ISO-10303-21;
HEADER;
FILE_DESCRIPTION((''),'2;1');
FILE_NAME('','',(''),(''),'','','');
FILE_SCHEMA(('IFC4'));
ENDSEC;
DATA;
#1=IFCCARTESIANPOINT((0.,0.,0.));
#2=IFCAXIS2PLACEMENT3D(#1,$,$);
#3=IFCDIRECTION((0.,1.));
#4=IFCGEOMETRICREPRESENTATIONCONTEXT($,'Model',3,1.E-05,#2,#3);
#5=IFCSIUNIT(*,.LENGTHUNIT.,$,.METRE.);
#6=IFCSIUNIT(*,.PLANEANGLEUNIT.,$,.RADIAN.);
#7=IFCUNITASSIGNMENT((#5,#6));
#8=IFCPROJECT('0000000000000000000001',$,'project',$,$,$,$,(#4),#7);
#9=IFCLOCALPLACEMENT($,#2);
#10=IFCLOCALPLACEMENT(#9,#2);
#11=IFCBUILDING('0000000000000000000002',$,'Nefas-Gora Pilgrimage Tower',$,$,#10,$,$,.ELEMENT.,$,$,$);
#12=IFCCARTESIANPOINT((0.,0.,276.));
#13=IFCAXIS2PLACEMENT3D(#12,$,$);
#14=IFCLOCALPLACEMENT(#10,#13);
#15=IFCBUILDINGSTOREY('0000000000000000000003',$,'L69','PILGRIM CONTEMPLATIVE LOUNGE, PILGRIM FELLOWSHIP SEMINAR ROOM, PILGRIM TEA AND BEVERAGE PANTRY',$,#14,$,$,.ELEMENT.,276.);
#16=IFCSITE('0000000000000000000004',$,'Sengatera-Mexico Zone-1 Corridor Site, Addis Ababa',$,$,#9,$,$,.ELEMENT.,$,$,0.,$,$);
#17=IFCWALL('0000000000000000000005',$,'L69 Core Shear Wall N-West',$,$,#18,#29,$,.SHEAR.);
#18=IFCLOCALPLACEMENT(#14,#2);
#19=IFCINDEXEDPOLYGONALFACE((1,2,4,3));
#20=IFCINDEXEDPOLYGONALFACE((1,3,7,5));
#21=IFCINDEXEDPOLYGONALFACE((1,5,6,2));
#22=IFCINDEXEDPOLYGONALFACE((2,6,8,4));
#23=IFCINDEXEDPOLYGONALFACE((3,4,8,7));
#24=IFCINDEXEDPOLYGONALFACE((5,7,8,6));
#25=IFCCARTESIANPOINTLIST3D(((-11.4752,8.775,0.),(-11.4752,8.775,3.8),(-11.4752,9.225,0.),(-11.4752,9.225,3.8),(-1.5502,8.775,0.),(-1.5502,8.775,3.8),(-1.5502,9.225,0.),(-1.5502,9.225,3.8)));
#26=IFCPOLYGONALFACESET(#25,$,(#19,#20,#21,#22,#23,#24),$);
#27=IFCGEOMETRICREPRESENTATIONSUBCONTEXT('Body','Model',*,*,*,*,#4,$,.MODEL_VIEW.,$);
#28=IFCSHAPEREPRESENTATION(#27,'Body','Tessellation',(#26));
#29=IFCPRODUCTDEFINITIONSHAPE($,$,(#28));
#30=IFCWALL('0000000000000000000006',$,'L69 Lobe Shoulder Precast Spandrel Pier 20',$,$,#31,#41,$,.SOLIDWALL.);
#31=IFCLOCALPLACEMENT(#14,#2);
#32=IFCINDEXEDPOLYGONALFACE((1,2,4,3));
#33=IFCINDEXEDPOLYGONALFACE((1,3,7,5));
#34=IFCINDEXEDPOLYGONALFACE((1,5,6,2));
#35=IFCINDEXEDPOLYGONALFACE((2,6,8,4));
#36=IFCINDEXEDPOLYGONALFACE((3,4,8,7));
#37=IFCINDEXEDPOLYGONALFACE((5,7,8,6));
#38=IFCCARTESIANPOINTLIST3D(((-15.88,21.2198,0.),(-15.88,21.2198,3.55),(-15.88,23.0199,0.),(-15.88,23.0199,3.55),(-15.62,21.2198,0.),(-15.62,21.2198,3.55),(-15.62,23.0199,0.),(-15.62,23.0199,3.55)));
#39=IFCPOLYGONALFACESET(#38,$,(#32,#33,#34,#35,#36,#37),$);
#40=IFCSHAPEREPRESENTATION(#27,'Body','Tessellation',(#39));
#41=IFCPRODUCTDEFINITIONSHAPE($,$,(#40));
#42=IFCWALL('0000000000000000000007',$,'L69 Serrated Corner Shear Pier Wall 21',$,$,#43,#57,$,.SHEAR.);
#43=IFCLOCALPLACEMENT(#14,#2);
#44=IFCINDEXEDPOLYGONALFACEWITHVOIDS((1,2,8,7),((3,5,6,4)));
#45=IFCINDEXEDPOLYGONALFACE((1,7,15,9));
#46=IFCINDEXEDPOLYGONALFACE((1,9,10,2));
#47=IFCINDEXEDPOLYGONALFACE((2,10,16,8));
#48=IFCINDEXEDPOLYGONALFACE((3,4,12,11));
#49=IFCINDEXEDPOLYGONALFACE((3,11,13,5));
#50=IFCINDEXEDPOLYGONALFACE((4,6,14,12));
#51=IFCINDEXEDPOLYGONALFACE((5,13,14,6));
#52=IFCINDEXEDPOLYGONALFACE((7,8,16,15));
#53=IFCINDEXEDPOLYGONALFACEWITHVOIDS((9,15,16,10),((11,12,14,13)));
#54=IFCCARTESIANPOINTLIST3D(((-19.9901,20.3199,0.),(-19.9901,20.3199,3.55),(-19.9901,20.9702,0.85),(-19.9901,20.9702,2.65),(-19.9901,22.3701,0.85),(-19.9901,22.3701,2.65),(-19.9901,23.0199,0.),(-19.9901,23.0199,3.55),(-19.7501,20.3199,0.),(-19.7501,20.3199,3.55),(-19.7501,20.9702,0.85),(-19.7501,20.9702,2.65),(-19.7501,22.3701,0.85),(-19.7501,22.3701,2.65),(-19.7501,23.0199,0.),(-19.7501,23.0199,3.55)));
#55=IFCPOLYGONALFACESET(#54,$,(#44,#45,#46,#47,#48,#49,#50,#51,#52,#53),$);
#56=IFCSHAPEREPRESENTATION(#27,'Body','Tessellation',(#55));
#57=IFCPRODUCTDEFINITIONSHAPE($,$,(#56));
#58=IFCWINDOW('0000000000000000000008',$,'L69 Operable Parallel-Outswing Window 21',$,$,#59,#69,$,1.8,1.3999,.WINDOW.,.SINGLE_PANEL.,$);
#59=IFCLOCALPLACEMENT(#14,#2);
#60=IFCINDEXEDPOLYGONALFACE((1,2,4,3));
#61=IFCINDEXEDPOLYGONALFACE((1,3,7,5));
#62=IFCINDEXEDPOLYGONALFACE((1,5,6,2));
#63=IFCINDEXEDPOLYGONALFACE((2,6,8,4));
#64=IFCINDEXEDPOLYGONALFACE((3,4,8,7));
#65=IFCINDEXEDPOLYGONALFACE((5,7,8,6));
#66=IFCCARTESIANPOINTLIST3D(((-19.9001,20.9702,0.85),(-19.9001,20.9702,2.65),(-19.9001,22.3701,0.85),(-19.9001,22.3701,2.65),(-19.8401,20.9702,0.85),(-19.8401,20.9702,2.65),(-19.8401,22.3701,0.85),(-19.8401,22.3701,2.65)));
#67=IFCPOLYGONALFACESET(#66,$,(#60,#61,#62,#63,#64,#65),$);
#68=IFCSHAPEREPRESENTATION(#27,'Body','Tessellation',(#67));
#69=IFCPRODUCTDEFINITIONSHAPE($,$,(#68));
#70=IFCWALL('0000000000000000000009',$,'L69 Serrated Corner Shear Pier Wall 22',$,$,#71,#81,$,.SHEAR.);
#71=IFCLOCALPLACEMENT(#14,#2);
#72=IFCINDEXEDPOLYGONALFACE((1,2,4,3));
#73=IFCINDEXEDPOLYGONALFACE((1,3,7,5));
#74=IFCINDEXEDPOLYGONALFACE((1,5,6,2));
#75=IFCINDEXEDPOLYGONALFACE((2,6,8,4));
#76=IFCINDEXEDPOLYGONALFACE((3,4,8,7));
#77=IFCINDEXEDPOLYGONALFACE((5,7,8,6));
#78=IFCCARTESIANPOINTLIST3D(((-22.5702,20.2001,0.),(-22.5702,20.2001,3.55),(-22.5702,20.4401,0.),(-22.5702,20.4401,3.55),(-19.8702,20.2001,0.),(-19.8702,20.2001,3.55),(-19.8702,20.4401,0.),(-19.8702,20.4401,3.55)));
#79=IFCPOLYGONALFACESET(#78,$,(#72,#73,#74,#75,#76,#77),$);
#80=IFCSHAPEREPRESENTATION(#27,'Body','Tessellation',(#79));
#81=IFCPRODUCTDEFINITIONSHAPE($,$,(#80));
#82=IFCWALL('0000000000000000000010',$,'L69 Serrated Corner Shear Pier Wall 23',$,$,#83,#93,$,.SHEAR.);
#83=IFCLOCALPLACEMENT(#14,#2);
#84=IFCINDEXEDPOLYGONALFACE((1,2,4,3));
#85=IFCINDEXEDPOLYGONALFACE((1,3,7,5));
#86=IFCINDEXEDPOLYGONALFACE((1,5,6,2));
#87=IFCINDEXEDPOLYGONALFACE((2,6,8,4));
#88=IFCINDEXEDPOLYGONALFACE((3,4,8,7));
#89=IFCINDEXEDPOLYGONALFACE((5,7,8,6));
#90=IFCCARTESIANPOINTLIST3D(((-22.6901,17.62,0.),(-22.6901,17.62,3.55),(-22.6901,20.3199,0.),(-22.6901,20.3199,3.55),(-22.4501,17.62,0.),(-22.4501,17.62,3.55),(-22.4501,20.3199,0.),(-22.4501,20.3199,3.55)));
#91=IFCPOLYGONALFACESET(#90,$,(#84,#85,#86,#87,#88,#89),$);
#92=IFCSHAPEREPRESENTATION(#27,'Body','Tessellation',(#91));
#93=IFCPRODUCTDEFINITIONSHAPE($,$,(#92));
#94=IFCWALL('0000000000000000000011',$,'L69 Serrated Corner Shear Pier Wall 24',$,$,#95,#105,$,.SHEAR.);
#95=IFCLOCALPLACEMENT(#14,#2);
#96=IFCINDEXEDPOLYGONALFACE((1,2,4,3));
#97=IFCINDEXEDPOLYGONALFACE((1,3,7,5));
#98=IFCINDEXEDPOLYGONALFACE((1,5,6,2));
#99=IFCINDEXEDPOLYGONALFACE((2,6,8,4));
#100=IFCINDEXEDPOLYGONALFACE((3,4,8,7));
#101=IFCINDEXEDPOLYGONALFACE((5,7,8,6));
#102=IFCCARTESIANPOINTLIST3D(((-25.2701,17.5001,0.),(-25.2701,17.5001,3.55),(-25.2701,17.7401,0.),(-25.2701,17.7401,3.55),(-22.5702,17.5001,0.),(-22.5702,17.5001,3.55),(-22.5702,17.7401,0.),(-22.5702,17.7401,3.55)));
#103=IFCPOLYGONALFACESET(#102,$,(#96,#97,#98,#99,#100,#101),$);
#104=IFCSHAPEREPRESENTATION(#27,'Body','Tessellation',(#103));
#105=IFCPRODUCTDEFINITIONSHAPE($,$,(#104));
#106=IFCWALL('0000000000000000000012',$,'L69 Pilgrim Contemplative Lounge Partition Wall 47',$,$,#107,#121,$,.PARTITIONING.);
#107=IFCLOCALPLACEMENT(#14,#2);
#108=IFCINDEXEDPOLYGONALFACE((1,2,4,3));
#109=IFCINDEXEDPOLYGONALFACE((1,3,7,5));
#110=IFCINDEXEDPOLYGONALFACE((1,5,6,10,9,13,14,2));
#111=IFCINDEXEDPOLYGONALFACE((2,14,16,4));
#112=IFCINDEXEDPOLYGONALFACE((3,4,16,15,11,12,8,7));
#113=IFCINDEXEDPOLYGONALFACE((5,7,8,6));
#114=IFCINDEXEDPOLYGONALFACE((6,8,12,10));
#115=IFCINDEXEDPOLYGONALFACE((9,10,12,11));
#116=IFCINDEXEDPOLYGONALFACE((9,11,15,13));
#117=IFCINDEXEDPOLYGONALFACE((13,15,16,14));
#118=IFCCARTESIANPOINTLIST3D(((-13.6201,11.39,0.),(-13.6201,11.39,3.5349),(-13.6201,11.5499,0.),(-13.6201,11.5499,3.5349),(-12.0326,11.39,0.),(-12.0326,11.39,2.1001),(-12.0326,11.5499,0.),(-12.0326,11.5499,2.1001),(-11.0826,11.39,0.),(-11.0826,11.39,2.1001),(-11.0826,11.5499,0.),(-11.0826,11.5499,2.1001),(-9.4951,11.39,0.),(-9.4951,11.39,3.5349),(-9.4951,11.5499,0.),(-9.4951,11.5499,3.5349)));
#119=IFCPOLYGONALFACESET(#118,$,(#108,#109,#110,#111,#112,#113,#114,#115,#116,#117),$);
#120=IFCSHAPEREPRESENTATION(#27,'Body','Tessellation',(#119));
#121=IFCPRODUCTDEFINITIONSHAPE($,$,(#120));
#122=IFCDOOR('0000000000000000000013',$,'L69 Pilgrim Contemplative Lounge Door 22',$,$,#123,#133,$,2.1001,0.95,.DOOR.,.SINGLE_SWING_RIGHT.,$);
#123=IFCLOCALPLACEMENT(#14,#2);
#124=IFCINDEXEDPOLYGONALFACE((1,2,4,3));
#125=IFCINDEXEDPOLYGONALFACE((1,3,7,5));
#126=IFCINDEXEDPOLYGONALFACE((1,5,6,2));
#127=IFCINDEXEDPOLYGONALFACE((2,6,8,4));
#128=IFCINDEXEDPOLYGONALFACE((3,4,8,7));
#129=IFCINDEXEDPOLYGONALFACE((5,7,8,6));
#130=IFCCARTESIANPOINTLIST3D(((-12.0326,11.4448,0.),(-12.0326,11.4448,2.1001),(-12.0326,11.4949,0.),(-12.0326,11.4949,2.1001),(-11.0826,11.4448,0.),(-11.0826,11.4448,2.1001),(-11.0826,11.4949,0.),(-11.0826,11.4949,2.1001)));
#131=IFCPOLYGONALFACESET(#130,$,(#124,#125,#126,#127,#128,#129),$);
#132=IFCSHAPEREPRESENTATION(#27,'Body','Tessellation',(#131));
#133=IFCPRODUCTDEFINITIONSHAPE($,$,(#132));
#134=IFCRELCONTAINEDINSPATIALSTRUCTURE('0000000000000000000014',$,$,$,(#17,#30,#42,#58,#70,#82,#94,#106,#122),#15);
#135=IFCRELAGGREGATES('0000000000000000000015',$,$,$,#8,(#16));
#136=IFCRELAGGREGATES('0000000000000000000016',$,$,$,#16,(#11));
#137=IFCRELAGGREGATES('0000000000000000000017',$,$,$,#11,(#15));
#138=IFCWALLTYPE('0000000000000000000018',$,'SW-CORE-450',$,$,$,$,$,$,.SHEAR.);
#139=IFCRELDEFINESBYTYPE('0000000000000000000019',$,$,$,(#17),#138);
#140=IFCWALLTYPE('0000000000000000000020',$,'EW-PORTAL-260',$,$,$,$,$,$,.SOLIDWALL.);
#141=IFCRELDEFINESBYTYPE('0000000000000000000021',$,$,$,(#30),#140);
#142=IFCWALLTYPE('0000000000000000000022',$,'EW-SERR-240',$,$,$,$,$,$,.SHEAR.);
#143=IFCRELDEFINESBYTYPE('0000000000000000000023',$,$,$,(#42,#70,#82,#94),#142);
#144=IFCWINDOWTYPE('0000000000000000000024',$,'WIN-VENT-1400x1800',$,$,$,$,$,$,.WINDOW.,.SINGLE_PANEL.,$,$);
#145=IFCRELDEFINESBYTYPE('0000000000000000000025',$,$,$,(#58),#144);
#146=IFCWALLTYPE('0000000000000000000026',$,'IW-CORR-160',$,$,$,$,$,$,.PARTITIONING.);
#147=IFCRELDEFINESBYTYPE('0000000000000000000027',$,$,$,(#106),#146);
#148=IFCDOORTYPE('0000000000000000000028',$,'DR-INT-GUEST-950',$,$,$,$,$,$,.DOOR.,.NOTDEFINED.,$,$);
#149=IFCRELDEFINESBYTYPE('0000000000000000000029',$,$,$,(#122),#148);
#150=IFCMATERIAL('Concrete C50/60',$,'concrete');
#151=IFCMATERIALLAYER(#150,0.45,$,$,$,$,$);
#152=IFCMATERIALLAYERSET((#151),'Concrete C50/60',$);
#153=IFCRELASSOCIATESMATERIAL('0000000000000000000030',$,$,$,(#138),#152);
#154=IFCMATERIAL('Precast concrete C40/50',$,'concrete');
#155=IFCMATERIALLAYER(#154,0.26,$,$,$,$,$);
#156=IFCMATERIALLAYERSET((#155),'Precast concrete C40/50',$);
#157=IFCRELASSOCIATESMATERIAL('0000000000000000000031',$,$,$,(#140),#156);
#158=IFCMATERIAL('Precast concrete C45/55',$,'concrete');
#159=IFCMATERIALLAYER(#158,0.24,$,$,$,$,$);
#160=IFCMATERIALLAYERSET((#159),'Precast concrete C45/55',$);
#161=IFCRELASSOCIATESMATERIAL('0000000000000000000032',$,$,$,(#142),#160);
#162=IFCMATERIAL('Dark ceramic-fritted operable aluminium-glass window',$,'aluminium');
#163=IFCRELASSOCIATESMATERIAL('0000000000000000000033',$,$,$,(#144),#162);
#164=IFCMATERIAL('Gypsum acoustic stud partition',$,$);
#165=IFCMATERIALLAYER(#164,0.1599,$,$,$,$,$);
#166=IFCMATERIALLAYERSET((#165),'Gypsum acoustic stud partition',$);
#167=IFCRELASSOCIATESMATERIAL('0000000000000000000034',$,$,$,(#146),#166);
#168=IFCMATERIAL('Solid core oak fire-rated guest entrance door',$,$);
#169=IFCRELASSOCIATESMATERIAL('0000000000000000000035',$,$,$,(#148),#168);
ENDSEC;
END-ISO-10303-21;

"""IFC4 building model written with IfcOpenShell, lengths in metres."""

from ifc_helpers import new_model, si_unit, direction, frame, frame_2d, origin, place, context, subcontext, project, spatial, rectangle, extrude, source, transform, mapped, material, layer, layer_set, type_object, element, fill, save


model = new_model("IFC4")

# Units and contexts
model_context = context("Model", 3, precision=1e-05, world=origin(), true_north=direction((0.0, 1.0)))
body_context = subcontext(model_context, "Body", "Model", "MODEL_VIEW")
ifc_project = project(units=[si_unit("LENGTHUNIT", "METRE"), si_unit("PLANEANGLEUNIT", "RADIAN")], contexts=[model_context])

# Site, building, storey
site_placement = place(None, origin())
site = spatial("IfcSite", under=ifc_project, at=site_placement, Name="Sengatera-Mexico Zone-1 Corridor Site, Addis Ababa", CompositionType="ELEMENT", RefElevation=0.0)
building_placement = place(site_placement, origin())
building = spatial("IfcBuilding", under=site, at=building_placement, Name="Nefas-Gora Pilgrimage Tower", CompositionType="ELEMENT")
storey_placement = place(building_placement, frame((0.0, 0.0, 276.0)))
storey = spatial("IfcBuildingStorey", under=building, at=storey_placement, Name="L69", Description="PILGRIM CONTEMPLATIVE LOUNGE, PILGRIM FELLOWSHIP SEMINAR ROOM, PILGRIM TEA AND BEVERAGE PANTRY", CompositionType="ELEMENT", Elevation=276.0)

# Walls
ifc_material_1 = material(Name="Concrete C50/60", Category="concrete")
ifc_layer_1 = layer(ifc_material_1, 0.45)
ifc_layer_set_1 = layer_set([ifc_layer_1], Name="Concrete C50/60")
wall_type_1 = type_object("IfcWallType", Name="SW-CORE-450", PredefinedType="SHEAR", material=ifc_layer_set_1)
shared_shape_1 = source(origin(), body_context, "Body", "SweptSolid", [
    extrude(rectangle(XDim=9.925, YDim=0.45, at=frame_2d((4.9624, 0.0))), origin(), (0.0, 0.0, 1.0), 3.8),
])
wall_1_placement = place(storey_placement, frame((-11.4751, 9.0, 0.0), z_axis=(0.0, 0.0, 1.0), x_axis=(1.0, 0.0, 0.0)))
element("IfcWall", 1, at=wall_1_placement, inside=storey, type_object=wall_type_1, Name="L69 Core Shear Wall N-West", PredefinedType="SHEAR", context=body_context, shape_type="MappedRepresentation", body=[
    mapped(shared_shape_1, transform((0.0, 0.0, 0.0), x_axis=(1.0, 0.0, 0.0), y_axis=(0.0, 1.0, 0.0), z_axis=(0.0, 0.0, 1.0), scale=1.0)),
])
ifc_material_2 = material(Name="Precast concrete C40/50", Category="concrete")
ifc_layer_2 = layer(ifc_material_2, 0.26)
ifc_layer_set_2 = layer_set([ifc_layer_2], Name="Precast concrete C40/50")
wall_type_2 = type_object("IfcWallType", Name="EW-PORTAL-260", PredefinedType="SOLIDWALL", material=ifc_layer_set_2)
shared_shape_2 = source(origin(), body_context, "Body", "SweptSolid", [
    extrude(rectangle(XDim=1.8, YDim=0.26, at=frame_2d((0.8999, 0.0))), origin(), (0.0, 0.0, 1.0), 3.55),
])
wall_2_placement = place(storey_placement, frame((-15.75, 21.22, 0.0), z_axis=(0.0, 0.0, 1.0), x_axis=(0.0, 1.0, 0.0)))
element("IfcWall", 2, at=wall_2_placement, inside=storey, type_object=wall_type_2, Name="L69 Lobe Shoulder Precast Spandrel Pier 20", PredefinedType="SOLIDWALL", context=body_context, shape_type="MappedRepresentation", body=[
    mapped(shared_shape_2, transform((0.0, 0.0, 0.0), x_axis=(1.0, 0.0, 0.0), y_axis=(0.0, 1.0, 0.0), z_axis=(0.0, 0.0, 1.0), scale=1.0)),
])

# Wall, opening, window
ifc_material_3 = material(Name="Precast concrete C45/55", Category="concrete")
ifc_layer_3 = layer(ifc_material_3, 0.24)
ifc_layer_set_3 = layer_set([ifc_layer_3], Name="Precast concrete C45/55")
wall_type_3 = type_object("IfcWallType", Name="EW-SERR-240", PredefinedType="SHEAR", material=ifc_layer_set_3)
shared_shape_3 = source(origin(), body_context, "Body", "SweptSolid", [
    extrude(rectangle(XDim=2.7, YDim=0.24, at=frame_2d((1.3501, 0.0))), origin(), (0.0, 0.0, 1.0), 3.55),
])
wall_3_placement = place(storey_placement, frame((-19.8701, 23.02, 0.0), z_axis=(0.0, 0.0, 1.0), x_axis=(0.0, -1.0, 0.0)))
wall_3 = element("IfcWall", 3, at=wall_3_placement, inside=storey, type_object=wall_type_3, Name="L69 Serrated Corner Shear Pier Wall 21", PredefinedType="SHEAR", context=body_context, shape_type="MappedRepresentation", body=[
    mapped(shared_shape_3, transform((0.0, 0.0, 0.0), x_axis=(1.0, 0.0, 0.0), y_axis=(0.0, 1.0, 0.0), z_axis=(0.0, 0.0, 1.0), scale=1.0)),
])
opening_1_placement = place(wall_3_placement, frame((0.6499, 0.0, 0.8501)))
opening_1 = element("IfcOpeningElement", 4, at=opening_1_placement, cuts=wall_3, PredefinedType="OPENING", context=body_context, shape_type="SweptSolid", body=[
    extrude(rectangle(XDim=1.3999, YDim=1.8, at=frame_2d((0.7, 0.8999))), frame((0.0, 0.1299, 0.0), z_axis=(0.0, -1.0, 0.0), x_axis=(1.0, 0.0, 0.0)), (0.0, 0.0, 1.0), 0.26),
])
ifc_material_4 = material(Name="Dark ceramic-fritted operable aluminium-glass window", Category="aluminium")
window_type = type_object("IfcWindowType", Name="WIN-VENT-1400x1800", PartitioningType="SINGLE_PANEL", PredefinedType="WINDOW", material=ifc_material_4)
shared_shape_4 = source(origin(), body_context, "Body", "SweptSolid", [
    extrude(rectangle(XDim=1.3999, YDim=1.8, at=frame_2d((0.7, 0.8999))), frame((0.0, 0.03, 0.0), z_axis=(0.0, -1.0, 0.0), x_axis=(1.0, 0.0, 0.0)), (0.0, 0.0, 1.0), 0.0601),
])
window_placement = place(opening_1_placement, origin())
window = element("IfcWindow", 5, at=window_placement, inside=storey, type_object=window_type, Name="L69 Operable Parallel-Outswing Window 21", OverallHeight=1.8, OverallWidth=1.3999, PartitioningType="SINGLE_PANEL", PredefinedType="WINDOW", context=body_context, shape_type="MappedRepresentation", body=[
    mapped(shared_shape_4, transform((0.0, 0.0, 0.0), x_axis=(1.0, 0.0, 0.0), y_axis=(0.0, 1.0, 0.0), z_axis=(0.0, 0.0, 1.0), scale=1.0)),
])
fill(opening_1, window)

# Walls
for number, where, z_axis, x_axis, name in (
    (6, (-19.8701, 20.3201, 0.0), (0.0, 0.0, 1.0), (-1.0, 0.0, 0.0), "L69 Serrated Corner Shear Pier Wall 22"),
    (7, (-22.5701, 20.3201, 0.0), (0.0, 0.0, 1.0), (0.0, -1.0, 0.0), "L69 Serrated Corner Shear Pier Wall 23"),
    (8, (-22.5701, 17.6201, 0.0), (0.0, 0.0, 1.0), (-1.0, 0.0, 0.0), "L69 Serrated Corner Shear Pier Wall 24"),
):
    element("IfcWall", number, at=place(storey_placement, frame(where, z_axis=z_axis, x_axis=x_axis)), inside=storey, type_object=wall_type_3, Name=name, PredefinedType="SHEAR", context=body_context, shape_type="MappedRepresentation", body=[
        mapped(shared_shape_3, transform((0.0, 0.0, 0.0), x_axis=(1.0, 0.0, 0.0), y_axis=(0.0, 1.0, 0.0), z_axis=(0.0, 0.0, 1.0), scale=1.0)),
    ])

# Wall, opening, door
ifc_material_5 = material(Name="Gypsum acoustic stud partition")
ifc_layer_4 = layer(ifc_material_5, 0.1599)
ifc_layer_set_4 = layer_set([ifc_layer_4], Name="Gypsum acoustic stud partition")
wall_type_4 = type_object("IfcWallType", Name="IW-CORR-160", PredefinedType="PARTITIONING", material=ifc_layer_set_4)
shared_shape_5 = source(origin(), body_context, "Body", "SweptSolid", [
    extrude(rectangle(XDim=4.125, YDim=0.1599, at=frame_2d((2.0625, 0.0))), origin(), (0.0, 0.0, 1.0), 3.5349),
])
wall_4_placement = place(storey_placement, frame((-13.6201, 11.47, 0.0), z_axis=(0.0, 0.0, 1.0), x_axis=(1.0, 0.0, 0.0)))
wall_4 = element("IfcWall", 9, at=wall_4_placement, inside=storey, type_object=wall_type_4, Name="L69 Pilgrim Contemplative Lounge Partition Wall 47", PredefinedType="PARTITIONING", context=body_context, shape_type="MappedRepresentation", body=[
    mapped(shared_shape_5, transform((0.0, 0.0, 0.0), x_axis=(1.0, 0.0, 0.0), y_axis=(0.0, 1.0, 0.0), z_axis=(0.0, 0.0, 1.0), scale=1.0)),
])
opening_2_placement = place(wall_4_placement, frame((1.5874, 0.0, 0.0)))
opening_2 = element("IfcOpeningElement", 10, at=opening_2_placement, cuts=wall_4, PredefinedType="OPENING", context=body_context, shape_type="SweptSolid", body=[
    extrude(rectangle(XDim=0.95, YDim=2.1001, at=frame_2d((0.4751, 1.05))), frame((0.0, 0.0898, 0.0), z_axis=(0.0, -1.0, 0.0), x_axis=(1.0, 0.0, 0.0)), (0.0, 0.0, 1.0), 0.1799),
])
ifc_material_6 = material(Name="Solid core oak fire-rated guest entrance door")
door_type = type_object("IfcDoorType", Name="DR-INT-GUEST-950", OperationType="NOTDEFINED", PredefinedType="DOOR", material=ifc_material_6)
shared_shape_6 = source(origin(), body_context, "Body", "SweptSolid", [
    extrude(rectangle(XDim=0.95, YDim=2.1001, at=frame_2d((0.4751, 1.05))), frame((0.0, 0.0249, 0.0), z_axis=(0.0, -1.0, 0.0), x_axis=(1.0, 0.0, 0.0)), (0.0, 0.0, 1.0), 0.05),
])
door_placement = place(opening_2_placement, origin())
door = element("IfcDoor", 11, at=door_placement, inside=storey, type_object=door_type, Name="L69 Pilgrim Contemplative Lounge Door 22", OperationType="SINGLE_SWING_RIGHT", OverallHeight=2.1001, OverallWidth=0.95, PredefinedType="DOOR", context=body_context, shape_type="MappedRepresentation", body=[
    mapped(shared_shape_6, transform((0.0, 0.0, 0.0), x_axis=(1.0, 0.0, 0.0), y_axis=(0.0, 1.0, 0.0), z_axis=(0.0, 0.0, 1.0), scale=1.0)),
])
fill(opening_2, door)

save(model, "model.ifc")
